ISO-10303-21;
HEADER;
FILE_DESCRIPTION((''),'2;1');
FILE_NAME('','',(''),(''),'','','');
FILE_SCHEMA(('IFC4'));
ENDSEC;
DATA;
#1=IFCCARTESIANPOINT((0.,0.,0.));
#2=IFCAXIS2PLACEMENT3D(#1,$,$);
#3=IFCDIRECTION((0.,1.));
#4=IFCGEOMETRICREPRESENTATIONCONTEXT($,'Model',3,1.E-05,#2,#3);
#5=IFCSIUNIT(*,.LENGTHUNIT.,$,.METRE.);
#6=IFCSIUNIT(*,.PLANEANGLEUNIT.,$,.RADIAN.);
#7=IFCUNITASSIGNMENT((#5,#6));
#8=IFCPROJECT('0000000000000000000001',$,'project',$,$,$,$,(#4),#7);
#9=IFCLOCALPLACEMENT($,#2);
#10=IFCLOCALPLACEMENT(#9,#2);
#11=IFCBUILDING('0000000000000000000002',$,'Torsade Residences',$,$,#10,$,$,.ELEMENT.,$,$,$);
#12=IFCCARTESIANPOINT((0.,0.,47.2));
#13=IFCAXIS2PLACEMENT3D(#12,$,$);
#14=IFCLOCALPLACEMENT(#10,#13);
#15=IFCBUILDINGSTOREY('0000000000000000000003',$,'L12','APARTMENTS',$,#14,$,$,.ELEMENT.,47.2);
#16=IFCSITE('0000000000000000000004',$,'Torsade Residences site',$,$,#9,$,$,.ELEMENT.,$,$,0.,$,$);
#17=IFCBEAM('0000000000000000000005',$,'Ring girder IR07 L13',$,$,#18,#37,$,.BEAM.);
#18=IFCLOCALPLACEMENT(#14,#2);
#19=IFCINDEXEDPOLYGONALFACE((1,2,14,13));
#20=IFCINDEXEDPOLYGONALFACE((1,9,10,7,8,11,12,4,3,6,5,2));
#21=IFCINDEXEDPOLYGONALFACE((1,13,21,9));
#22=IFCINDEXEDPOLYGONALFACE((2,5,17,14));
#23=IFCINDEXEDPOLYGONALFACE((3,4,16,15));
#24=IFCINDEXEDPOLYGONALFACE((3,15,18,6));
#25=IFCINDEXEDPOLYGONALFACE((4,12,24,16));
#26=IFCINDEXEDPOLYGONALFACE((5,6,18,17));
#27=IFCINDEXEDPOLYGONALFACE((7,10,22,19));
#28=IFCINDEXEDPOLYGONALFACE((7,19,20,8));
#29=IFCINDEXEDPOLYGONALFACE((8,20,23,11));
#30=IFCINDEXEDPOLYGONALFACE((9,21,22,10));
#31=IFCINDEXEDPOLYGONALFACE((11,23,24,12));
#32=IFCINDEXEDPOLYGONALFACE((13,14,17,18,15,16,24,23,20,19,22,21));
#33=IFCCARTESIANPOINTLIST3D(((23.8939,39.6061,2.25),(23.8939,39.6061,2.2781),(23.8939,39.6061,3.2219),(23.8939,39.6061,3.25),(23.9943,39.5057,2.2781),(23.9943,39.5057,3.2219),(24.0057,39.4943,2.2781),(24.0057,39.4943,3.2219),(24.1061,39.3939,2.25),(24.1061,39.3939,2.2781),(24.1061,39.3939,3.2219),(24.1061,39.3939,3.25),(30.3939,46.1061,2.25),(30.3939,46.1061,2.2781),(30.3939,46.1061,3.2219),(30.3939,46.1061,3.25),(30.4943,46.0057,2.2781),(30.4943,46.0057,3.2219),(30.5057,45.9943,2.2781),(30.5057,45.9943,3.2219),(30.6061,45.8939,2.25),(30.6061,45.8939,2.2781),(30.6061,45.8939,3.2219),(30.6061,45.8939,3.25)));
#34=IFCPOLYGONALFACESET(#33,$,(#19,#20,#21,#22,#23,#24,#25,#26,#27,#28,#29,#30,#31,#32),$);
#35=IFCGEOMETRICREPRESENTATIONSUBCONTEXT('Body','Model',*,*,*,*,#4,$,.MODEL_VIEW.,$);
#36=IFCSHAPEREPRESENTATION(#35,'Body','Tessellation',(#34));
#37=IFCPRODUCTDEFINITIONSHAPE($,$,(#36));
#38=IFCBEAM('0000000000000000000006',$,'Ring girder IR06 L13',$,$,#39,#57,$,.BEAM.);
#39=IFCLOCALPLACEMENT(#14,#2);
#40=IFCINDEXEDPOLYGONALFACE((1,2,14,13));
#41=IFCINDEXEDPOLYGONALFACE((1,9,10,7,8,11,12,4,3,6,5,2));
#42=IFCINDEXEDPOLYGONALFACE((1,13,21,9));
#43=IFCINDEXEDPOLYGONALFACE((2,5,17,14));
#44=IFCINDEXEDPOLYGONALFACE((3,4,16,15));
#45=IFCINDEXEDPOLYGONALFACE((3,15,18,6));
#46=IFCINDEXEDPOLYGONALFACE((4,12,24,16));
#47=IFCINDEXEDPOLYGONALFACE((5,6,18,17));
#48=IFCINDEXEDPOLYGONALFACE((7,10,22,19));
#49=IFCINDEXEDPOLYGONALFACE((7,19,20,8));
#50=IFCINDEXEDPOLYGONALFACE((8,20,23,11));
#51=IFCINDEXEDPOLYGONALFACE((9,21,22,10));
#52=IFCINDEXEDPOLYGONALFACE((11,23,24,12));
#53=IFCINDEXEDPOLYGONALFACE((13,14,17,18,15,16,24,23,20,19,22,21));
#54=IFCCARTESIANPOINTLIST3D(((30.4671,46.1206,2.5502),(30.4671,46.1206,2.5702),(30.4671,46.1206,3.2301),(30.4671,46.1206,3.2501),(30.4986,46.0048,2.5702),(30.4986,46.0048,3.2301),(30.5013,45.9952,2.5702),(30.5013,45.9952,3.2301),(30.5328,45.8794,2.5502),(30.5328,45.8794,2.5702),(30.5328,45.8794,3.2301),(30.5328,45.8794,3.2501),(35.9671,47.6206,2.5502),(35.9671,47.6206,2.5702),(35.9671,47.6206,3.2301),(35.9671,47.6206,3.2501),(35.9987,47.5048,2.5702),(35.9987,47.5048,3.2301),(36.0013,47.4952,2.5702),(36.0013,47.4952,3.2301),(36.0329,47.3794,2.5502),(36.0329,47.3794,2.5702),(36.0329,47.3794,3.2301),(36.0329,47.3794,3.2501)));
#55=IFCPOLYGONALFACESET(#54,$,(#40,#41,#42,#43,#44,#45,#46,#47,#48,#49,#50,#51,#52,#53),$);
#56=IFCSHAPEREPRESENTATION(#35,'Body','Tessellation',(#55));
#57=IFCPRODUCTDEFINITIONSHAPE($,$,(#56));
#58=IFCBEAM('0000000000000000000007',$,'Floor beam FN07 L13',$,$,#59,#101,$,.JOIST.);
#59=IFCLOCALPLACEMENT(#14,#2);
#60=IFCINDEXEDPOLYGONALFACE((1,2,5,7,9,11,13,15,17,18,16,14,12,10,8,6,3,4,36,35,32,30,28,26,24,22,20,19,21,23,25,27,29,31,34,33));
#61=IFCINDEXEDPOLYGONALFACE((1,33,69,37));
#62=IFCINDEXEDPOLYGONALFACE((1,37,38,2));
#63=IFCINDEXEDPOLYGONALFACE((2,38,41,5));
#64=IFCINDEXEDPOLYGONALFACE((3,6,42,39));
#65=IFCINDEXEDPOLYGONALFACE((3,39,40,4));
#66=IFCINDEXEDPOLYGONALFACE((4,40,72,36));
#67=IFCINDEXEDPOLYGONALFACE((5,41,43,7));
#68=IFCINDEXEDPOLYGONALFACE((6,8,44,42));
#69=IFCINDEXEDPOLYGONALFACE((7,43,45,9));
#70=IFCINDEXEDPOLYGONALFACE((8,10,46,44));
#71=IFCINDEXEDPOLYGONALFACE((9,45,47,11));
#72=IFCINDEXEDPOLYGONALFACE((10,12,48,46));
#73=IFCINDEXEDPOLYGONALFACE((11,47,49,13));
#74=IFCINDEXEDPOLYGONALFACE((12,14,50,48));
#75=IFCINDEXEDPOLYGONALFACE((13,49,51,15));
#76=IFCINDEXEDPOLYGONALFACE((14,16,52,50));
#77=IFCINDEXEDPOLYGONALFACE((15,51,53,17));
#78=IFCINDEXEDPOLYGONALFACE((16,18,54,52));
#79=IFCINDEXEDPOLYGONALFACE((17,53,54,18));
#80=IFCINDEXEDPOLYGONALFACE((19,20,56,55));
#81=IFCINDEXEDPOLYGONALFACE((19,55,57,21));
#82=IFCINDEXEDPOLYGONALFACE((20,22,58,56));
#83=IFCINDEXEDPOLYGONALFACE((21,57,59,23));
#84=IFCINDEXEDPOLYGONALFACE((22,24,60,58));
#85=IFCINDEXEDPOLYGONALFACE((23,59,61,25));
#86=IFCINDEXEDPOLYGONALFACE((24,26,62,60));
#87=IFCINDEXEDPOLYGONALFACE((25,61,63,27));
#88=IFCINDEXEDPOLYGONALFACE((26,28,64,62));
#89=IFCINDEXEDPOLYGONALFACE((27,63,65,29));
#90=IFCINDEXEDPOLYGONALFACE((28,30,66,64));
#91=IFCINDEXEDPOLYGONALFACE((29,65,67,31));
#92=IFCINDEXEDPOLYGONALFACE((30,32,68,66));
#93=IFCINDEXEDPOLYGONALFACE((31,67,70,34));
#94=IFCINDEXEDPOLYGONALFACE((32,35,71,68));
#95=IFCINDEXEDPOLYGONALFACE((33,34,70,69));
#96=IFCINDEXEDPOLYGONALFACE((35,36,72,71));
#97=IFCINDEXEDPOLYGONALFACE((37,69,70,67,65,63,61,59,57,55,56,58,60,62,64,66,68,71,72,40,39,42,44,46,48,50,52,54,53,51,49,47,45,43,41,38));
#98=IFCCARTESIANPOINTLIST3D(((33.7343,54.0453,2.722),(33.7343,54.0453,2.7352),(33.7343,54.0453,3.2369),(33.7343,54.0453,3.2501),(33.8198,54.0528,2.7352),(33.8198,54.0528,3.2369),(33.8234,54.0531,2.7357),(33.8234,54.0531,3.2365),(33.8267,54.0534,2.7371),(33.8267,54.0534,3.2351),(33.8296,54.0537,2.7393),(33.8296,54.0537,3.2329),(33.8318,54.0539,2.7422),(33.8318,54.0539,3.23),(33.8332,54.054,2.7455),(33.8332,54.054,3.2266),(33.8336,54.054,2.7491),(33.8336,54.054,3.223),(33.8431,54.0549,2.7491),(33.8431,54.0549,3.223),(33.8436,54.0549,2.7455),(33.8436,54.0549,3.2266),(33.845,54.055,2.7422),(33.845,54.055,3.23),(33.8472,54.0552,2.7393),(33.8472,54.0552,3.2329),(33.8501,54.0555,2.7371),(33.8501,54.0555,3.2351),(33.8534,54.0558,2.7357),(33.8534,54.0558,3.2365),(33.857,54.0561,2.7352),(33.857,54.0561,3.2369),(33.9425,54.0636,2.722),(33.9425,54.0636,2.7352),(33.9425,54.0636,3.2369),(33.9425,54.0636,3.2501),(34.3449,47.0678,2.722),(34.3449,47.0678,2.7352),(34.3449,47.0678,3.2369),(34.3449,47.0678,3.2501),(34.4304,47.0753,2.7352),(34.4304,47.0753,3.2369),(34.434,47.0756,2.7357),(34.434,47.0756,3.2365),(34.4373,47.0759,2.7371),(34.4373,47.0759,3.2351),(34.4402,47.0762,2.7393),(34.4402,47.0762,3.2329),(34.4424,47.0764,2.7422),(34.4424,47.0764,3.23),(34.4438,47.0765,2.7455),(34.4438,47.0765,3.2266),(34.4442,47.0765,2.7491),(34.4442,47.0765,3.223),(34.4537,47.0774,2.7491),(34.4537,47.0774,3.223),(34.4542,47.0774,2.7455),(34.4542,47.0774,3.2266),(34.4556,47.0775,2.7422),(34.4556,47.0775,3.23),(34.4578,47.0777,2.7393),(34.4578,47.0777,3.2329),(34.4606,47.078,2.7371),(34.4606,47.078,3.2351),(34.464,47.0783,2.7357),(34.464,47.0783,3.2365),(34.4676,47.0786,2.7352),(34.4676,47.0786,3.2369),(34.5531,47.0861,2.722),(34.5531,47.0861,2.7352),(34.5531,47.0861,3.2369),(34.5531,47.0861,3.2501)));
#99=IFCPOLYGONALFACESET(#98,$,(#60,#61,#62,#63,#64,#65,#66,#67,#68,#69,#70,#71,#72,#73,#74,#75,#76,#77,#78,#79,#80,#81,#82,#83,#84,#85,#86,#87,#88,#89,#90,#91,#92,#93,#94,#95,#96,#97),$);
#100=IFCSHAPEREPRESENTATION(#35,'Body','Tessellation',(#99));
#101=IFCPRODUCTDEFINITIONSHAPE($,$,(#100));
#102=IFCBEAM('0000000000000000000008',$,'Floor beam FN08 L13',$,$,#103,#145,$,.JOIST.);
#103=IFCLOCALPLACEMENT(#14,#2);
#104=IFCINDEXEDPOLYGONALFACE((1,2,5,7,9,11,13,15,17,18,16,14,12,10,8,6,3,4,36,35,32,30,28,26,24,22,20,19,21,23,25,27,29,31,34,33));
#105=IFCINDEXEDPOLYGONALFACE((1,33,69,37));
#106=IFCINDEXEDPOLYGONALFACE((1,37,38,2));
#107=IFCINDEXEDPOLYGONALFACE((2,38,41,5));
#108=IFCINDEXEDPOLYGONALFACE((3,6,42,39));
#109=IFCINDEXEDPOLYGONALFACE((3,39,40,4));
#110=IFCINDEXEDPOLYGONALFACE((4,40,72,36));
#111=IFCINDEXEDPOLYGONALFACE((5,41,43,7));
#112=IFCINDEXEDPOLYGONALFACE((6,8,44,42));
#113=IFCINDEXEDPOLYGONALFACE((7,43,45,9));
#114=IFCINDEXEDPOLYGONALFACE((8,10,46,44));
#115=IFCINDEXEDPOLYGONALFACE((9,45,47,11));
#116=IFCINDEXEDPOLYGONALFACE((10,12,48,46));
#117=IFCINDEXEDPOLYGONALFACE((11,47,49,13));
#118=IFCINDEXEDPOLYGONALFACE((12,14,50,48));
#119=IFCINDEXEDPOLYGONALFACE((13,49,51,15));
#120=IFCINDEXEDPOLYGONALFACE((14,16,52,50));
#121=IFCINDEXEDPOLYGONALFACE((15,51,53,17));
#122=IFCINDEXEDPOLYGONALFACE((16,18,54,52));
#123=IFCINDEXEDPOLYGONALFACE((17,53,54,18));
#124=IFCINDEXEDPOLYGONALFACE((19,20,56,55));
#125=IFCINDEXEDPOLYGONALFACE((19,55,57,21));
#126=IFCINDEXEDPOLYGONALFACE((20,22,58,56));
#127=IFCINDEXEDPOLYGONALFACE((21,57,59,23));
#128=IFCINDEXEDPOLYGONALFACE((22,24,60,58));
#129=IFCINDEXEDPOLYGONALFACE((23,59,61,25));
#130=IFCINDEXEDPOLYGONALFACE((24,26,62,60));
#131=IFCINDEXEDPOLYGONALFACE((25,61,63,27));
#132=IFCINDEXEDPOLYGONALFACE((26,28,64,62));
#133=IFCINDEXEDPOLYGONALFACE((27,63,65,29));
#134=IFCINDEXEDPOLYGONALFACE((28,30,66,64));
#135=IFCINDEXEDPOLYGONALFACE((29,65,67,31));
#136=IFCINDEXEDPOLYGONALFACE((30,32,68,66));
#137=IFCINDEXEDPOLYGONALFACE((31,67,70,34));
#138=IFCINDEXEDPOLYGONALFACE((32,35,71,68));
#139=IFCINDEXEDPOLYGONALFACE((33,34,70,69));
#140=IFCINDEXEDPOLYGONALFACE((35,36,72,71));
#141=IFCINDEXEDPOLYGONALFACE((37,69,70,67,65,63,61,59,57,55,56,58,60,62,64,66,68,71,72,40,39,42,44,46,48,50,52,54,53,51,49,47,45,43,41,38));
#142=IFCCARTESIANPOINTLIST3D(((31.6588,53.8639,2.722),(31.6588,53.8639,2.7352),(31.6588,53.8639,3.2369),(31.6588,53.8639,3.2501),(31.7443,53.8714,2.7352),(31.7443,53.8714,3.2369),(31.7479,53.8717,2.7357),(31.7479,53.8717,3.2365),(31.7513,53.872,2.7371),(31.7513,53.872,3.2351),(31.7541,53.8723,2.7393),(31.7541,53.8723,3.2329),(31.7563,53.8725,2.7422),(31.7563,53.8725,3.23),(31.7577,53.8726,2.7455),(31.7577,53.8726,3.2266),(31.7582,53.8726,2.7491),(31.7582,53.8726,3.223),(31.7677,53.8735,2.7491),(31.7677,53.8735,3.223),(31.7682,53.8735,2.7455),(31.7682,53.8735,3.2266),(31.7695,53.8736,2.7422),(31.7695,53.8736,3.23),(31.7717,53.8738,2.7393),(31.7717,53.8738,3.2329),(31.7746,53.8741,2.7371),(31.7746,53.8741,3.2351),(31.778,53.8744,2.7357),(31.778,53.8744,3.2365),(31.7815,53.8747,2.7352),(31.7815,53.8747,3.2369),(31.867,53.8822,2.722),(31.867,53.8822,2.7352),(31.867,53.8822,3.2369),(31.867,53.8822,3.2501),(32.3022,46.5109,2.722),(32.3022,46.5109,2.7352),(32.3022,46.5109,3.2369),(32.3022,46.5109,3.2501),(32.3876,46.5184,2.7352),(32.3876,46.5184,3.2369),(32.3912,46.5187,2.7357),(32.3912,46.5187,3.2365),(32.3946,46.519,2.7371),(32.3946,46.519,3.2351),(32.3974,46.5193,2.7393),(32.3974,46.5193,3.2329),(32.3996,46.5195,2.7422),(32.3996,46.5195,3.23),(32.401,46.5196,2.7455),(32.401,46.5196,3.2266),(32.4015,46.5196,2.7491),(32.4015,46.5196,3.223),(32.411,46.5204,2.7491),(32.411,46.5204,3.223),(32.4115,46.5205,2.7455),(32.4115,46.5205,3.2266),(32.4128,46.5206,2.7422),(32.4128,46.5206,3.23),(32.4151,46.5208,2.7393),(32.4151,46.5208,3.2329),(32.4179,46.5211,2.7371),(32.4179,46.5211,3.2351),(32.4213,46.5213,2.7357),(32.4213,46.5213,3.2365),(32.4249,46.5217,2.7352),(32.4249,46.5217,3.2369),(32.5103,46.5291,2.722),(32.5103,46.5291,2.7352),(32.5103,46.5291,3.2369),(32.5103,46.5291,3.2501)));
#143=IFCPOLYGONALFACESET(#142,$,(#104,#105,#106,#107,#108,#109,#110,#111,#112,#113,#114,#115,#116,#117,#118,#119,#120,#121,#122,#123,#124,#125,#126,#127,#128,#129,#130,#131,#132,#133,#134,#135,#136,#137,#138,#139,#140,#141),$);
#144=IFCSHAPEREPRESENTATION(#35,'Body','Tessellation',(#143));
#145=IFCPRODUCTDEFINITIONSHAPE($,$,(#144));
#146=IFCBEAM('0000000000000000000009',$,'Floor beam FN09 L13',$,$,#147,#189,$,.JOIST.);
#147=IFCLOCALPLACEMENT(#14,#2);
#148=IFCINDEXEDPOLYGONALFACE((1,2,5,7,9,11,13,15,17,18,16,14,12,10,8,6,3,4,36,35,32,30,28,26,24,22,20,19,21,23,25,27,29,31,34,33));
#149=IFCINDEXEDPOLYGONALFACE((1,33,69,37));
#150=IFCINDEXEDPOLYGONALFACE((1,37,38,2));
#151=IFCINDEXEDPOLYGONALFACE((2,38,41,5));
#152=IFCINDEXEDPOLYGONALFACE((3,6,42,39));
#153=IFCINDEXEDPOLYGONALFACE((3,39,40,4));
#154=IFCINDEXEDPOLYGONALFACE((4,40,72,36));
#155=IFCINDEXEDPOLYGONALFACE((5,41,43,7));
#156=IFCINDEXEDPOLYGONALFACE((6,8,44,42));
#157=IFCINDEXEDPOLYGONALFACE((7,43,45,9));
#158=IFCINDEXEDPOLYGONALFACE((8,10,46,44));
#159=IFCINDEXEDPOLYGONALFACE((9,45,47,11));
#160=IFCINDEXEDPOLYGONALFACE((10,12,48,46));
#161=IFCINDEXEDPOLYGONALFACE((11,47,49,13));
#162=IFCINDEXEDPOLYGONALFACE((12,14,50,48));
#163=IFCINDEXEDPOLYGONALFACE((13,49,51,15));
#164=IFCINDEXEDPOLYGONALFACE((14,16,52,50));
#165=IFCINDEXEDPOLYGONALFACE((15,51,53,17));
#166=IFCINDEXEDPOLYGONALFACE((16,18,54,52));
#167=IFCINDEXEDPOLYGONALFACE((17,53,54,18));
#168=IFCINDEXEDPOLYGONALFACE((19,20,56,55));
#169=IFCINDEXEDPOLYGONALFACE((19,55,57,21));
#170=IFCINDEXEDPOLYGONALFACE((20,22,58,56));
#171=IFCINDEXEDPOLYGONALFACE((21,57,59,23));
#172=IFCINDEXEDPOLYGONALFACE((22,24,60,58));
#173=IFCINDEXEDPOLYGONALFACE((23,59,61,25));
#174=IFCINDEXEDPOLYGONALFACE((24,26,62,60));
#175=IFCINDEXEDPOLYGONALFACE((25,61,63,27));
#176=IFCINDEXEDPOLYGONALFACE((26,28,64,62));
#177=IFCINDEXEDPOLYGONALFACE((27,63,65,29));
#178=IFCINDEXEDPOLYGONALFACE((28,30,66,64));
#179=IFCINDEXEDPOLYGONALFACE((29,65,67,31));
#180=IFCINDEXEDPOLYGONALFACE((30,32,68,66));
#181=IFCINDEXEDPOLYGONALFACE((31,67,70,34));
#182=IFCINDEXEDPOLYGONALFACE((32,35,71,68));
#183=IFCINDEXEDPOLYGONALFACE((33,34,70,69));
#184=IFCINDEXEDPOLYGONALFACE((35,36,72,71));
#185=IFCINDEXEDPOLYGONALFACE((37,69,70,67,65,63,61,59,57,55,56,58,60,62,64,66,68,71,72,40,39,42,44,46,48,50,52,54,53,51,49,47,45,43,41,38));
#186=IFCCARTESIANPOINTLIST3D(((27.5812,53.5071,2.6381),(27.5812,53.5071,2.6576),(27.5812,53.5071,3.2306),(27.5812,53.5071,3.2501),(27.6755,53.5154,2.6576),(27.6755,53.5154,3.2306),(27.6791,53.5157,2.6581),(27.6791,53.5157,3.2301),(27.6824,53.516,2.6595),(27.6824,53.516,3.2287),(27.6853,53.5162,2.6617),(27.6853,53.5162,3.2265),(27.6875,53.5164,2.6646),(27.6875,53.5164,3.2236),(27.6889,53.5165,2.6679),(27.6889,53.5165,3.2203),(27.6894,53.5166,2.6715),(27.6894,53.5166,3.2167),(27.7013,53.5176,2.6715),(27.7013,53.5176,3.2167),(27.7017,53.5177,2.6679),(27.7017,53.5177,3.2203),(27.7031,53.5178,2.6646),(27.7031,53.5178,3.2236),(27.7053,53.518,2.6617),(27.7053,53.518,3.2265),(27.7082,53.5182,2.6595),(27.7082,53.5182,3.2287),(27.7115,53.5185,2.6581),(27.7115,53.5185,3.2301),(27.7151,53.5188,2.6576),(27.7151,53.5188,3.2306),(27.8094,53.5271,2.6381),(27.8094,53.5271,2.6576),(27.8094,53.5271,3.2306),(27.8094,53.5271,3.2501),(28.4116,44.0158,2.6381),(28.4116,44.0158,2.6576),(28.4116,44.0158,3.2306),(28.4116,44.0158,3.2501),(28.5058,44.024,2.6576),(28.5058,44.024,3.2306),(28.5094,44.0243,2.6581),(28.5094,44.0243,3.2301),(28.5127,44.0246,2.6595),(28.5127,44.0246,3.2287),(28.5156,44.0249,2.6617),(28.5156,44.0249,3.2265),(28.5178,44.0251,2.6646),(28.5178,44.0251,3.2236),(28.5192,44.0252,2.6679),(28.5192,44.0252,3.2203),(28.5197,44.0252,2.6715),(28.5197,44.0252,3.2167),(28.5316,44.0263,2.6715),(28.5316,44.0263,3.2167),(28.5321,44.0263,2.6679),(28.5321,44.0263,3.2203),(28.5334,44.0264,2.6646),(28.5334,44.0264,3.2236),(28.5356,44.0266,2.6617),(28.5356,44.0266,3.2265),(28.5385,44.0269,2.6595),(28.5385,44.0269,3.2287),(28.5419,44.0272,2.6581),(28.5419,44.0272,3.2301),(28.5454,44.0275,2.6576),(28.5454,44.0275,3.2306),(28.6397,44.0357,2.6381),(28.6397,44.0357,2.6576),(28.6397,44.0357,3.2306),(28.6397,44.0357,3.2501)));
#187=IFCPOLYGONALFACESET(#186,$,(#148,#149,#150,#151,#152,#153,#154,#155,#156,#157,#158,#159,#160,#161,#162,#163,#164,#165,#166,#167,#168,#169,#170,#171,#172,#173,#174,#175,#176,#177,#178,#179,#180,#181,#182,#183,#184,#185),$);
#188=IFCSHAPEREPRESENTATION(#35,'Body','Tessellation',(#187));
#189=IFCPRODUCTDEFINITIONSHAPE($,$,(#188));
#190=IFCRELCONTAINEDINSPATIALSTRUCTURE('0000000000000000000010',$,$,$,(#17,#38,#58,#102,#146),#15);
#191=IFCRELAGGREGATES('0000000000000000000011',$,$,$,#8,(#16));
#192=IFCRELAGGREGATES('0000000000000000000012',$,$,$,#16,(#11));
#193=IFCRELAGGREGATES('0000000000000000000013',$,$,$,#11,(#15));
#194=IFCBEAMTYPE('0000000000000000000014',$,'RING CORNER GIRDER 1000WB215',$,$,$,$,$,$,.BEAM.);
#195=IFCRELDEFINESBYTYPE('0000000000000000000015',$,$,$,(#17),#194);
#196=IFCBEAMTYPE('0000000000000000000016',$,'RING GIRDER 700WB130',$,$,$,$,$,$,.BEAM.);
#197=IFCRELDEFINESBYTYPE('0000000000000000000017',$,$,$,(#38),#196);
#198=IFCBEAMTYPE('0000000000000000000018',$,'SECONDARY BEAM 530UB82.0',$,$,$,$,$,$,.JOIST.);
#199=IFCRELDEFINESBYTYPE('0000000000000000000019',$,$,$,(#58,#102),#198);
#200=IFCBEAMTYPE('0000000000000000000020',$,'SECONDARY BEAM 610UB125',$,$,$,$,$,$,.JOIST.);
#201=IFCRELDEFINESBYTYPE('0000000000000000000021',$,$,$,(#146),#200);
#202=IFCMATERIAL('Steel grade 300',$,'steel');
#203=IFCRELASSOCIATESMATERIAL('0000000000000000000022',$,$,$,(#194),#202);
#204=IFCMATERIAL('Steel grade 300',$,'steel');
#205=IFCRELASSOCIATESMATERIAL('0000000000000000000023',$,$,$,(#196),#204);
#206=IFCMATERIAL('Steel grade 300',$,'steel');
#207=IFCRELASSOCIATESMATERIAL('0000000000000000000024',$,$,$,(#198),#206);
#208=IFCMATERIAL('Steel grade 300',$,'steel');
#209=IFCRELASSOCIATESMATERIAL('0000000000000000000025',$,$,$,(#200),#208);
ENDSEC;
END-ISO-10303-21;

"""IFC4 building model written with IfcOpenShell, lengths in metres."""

from ifc_helpers import new_model, si_unit, direction, frame, origin, origin_2d, place, context, subcontext, project, spatial, i_section, extrude, material, material_profile, profile_set, type_object, element, save


model = new_model("IFC4")

# Units and contexts
model_context = context("Model", 3, precision=1e-05, world=origin(), true_north=direction((0.0, 1.0)))
body_context = subcontext(model_context, "Body", "Model", "MODEL_VIEW")
ifc_project = project(units=[si_unit("LENGTHUNIT", "METRE"), si_unit("PLANEANGLEUNIT", "RADIAN")], contexts=[model_context])

# Site, building, storey
site_placement = place(None, origin())
site = spatial("IfcSite", under=ifc_project, at=site_placement, Name="Torsade Residences site", CompositionType="ELEMENT", RefElevation=0.0)
building_placement = place(site_placement, origin())
building = spatial("IfcBuilding", under=site, at=building_placement, Name="Torsade Residences", CompositionType="ELEMENT")
storey_placement = place(building_placement, frame((0.0, 0.0, 47.2)))
storey = spatial("IfcBuildingStorey", under=building, at=storey_placement, Name="L12", Description="APARTMENTS", CompositionType="ELEMENT", Elevation=47.2)

# Beams
ifc_material_1 = material(Name="Steel grade 300", Category="steel")
ifc_material_profile_1 = material_profile(ifc_material_1, i_section(OverallWidth=0.3, OverallDepth=1.0, WebThickness=0.0161, FlangeThickness=0.0281, at=origin_2d()), Name="1000WB215")
ifc_profile_set_1 = profile_set([ifc_material_profile_1], Name="Steel grade 300")
beam_type_1 = type_object("IfcBeamType", Name="RING CORNER GIRDER 1000WB215", PredefinedType="BEAM", material=ifc_profile_set_1)
beam_1_placement = place(storey_placement, frame((30.5, 46.0, 2.75), z_axis=(-0.707107, -0.707107, 0.0), x_axis=(0.707107, -0.707107, 0.0)))
element("IfcBeam", 1, at=beam_1_placement, inside=storey, type_object=beam_type_1, Name="Ring girder IR07 L13", PredefinedType="BEAM", context=body_context, shape_type="SweptSolid", body=[
    extrude(i_section(OverallWidth=0.3, OverallDepth=1.0, WebThickness=0.0161, FlangeThickness=0.0281, at=origin_2d()), origin(), (0.0, 0.0, 1.0), 9.1924),
])
ifc_material_2 = material(Name="Steel grade 300", Category="steel")
ifc_material_profile_2 = material_profile(ifc_material_2, i_section(OverallWidth=0.25, OverallDepth=0.7, WebThickness=0.01, FlangeThickness=0.02, at=origin_2d()), Name="700WB130")
ifc_profile_set_2 = profile_set([ifc_material_profile_2], Name="Steel grade 300")
beam_type_2 = type_object("IfcBeamType", Name="RING GIRDER 700WB130", PredefinedType="BEAM", material=ifc_profile_set_2)
beam_2_placement = place(storey_placement, frame((36.0, 47.5, 2.9001), z_axis=(-0.964764, -0.263117, 0.0), x_axis=(0.263117, -0.964764, 0.0)))
element("IfcBeam", 2, at=beam_2_placement, inside=storey, type_object=beam_type_2, Name="Ring girder IR06 L13", PredefinedType="BEAM", context=body_context, shape_type="SweptSolid", body=[
    extrude(i_section(OverallWidth=0.25, OverallDepth=0.7, WebThickness=0.01, FlangeThickness=0.02, at=origin_2d()), origin(), (0.0, 0.0, 1.0), 5.7009),
])
ifc_material_3 = material(Name="Steel grade 300", Category="steel")
ifc_material_profile_3 = material_profile(ifc_material_3, i_section(OverallWidth=0.209, OverallDepth=0.5281, WebThickness=0.0095, FlangeThickness=0.0132, FilletRadius=0.0139, at=origin_2d()), Name="530UB82.0")
ifc_profile_set_3 = profile_set([ifc_material_profile_3], Name="Steel grade 300")
beam_type_3 = type_object("IfcBeamType", Name="SECONDARY BEAM 530UB82.0", PredefinedType="JOIST", material=ifc_profile_set_3)
beam_3_placement = place(storey_placement, frame((33.8384, 54.0544, 2.9861), z_axis=(0.087176, -0.996193, 0.0), x_axis=(0.996193, 0.087176, 0.0)))
element("IfcBeam", 3, at=beam_3_placement, inside=storey, type_object=beam_type_3, Name="Floor beam FN07 L13", PredefinedType="JOIST", context=body_context, shape_type="SweptSolid", body=[
    extrude(i_section(OverallWidth=0.209, OverallDepth=0.5281, WebThickness=0.0095, FlangeThickness=0.0132, FilletRadius=0.0139, at=origin_2d()), origin(), (0.0, 0.0, 1.0), 7.0042),
])
beam_4_placement = place(storey_placement, frame((31.7629, 53.873, 2.9861), z_axis=(0.087156, -0.996195, 0.0), x_axis=(0.996195, 0.087156, 0.0)))
element("IfcBeam", 4, at=beam_4_placement, inside=storey, type_object=beam_type_3, Name="Floor beam FN08 L13", PredefinedType="JOIST", context=body_context, shape_type="SweptSolid", body=[
    extrude(i_section(OverallWidth=0.209, OverallDepth=0.5281, WebThickness=0.0095, FlangeThickness=0.0132, FilletRadius=0.0139, at=origin_2d()), origin(), (0.0, 0.0, 1.0), 7.3811),
])
ifc_material_4 = material(Name="Steel grade 300", Category="steel")
ifc_material_profile_4 = material_profile(ifc_material_4, i_section(OverallWidth=0.229, OverallDepth=0.6121, WebThickness=0.012, FlangeThickness=0.0195, FilletRadius=0.0139, at=origin_2d()), Name="610UB125")
ifc_profile_set_4 = profile_set([ifc_material_profile_4], Name="Steel grade 300")
beam_type_4 = type_object("IfcBeamType", Name="SECONDARY BEAM 610UB125", PredefinedType="JOIST", material=ifc_profile_set_4)
beam_5_placement = place(storey_placement, frame((27.6953, 53.5171, 2.9441), z_axis=(0.087148, -0.996195, 0.0), x_axis=(0.996195, 0.087148, 0.0)))
element("IfcBeam", 5, at=beam_5_placement, inside=storey, type_object=beam_type_4, Name="Floor beam FN09 L13", PredefinedType="JOIST", context=body_context, shape_type="SweptSolid", body=[
    extrude(i_section(OverallWidth=0.229, OverallDepth=0.6121, WebThickness=0.012, FlangeThickness=0.0195, FilletRadius=0.0139, at=origin_2d()), origin(), (0.0, 0.0, 1.0), 9.5276),
])

save(model, "model.ifc")
